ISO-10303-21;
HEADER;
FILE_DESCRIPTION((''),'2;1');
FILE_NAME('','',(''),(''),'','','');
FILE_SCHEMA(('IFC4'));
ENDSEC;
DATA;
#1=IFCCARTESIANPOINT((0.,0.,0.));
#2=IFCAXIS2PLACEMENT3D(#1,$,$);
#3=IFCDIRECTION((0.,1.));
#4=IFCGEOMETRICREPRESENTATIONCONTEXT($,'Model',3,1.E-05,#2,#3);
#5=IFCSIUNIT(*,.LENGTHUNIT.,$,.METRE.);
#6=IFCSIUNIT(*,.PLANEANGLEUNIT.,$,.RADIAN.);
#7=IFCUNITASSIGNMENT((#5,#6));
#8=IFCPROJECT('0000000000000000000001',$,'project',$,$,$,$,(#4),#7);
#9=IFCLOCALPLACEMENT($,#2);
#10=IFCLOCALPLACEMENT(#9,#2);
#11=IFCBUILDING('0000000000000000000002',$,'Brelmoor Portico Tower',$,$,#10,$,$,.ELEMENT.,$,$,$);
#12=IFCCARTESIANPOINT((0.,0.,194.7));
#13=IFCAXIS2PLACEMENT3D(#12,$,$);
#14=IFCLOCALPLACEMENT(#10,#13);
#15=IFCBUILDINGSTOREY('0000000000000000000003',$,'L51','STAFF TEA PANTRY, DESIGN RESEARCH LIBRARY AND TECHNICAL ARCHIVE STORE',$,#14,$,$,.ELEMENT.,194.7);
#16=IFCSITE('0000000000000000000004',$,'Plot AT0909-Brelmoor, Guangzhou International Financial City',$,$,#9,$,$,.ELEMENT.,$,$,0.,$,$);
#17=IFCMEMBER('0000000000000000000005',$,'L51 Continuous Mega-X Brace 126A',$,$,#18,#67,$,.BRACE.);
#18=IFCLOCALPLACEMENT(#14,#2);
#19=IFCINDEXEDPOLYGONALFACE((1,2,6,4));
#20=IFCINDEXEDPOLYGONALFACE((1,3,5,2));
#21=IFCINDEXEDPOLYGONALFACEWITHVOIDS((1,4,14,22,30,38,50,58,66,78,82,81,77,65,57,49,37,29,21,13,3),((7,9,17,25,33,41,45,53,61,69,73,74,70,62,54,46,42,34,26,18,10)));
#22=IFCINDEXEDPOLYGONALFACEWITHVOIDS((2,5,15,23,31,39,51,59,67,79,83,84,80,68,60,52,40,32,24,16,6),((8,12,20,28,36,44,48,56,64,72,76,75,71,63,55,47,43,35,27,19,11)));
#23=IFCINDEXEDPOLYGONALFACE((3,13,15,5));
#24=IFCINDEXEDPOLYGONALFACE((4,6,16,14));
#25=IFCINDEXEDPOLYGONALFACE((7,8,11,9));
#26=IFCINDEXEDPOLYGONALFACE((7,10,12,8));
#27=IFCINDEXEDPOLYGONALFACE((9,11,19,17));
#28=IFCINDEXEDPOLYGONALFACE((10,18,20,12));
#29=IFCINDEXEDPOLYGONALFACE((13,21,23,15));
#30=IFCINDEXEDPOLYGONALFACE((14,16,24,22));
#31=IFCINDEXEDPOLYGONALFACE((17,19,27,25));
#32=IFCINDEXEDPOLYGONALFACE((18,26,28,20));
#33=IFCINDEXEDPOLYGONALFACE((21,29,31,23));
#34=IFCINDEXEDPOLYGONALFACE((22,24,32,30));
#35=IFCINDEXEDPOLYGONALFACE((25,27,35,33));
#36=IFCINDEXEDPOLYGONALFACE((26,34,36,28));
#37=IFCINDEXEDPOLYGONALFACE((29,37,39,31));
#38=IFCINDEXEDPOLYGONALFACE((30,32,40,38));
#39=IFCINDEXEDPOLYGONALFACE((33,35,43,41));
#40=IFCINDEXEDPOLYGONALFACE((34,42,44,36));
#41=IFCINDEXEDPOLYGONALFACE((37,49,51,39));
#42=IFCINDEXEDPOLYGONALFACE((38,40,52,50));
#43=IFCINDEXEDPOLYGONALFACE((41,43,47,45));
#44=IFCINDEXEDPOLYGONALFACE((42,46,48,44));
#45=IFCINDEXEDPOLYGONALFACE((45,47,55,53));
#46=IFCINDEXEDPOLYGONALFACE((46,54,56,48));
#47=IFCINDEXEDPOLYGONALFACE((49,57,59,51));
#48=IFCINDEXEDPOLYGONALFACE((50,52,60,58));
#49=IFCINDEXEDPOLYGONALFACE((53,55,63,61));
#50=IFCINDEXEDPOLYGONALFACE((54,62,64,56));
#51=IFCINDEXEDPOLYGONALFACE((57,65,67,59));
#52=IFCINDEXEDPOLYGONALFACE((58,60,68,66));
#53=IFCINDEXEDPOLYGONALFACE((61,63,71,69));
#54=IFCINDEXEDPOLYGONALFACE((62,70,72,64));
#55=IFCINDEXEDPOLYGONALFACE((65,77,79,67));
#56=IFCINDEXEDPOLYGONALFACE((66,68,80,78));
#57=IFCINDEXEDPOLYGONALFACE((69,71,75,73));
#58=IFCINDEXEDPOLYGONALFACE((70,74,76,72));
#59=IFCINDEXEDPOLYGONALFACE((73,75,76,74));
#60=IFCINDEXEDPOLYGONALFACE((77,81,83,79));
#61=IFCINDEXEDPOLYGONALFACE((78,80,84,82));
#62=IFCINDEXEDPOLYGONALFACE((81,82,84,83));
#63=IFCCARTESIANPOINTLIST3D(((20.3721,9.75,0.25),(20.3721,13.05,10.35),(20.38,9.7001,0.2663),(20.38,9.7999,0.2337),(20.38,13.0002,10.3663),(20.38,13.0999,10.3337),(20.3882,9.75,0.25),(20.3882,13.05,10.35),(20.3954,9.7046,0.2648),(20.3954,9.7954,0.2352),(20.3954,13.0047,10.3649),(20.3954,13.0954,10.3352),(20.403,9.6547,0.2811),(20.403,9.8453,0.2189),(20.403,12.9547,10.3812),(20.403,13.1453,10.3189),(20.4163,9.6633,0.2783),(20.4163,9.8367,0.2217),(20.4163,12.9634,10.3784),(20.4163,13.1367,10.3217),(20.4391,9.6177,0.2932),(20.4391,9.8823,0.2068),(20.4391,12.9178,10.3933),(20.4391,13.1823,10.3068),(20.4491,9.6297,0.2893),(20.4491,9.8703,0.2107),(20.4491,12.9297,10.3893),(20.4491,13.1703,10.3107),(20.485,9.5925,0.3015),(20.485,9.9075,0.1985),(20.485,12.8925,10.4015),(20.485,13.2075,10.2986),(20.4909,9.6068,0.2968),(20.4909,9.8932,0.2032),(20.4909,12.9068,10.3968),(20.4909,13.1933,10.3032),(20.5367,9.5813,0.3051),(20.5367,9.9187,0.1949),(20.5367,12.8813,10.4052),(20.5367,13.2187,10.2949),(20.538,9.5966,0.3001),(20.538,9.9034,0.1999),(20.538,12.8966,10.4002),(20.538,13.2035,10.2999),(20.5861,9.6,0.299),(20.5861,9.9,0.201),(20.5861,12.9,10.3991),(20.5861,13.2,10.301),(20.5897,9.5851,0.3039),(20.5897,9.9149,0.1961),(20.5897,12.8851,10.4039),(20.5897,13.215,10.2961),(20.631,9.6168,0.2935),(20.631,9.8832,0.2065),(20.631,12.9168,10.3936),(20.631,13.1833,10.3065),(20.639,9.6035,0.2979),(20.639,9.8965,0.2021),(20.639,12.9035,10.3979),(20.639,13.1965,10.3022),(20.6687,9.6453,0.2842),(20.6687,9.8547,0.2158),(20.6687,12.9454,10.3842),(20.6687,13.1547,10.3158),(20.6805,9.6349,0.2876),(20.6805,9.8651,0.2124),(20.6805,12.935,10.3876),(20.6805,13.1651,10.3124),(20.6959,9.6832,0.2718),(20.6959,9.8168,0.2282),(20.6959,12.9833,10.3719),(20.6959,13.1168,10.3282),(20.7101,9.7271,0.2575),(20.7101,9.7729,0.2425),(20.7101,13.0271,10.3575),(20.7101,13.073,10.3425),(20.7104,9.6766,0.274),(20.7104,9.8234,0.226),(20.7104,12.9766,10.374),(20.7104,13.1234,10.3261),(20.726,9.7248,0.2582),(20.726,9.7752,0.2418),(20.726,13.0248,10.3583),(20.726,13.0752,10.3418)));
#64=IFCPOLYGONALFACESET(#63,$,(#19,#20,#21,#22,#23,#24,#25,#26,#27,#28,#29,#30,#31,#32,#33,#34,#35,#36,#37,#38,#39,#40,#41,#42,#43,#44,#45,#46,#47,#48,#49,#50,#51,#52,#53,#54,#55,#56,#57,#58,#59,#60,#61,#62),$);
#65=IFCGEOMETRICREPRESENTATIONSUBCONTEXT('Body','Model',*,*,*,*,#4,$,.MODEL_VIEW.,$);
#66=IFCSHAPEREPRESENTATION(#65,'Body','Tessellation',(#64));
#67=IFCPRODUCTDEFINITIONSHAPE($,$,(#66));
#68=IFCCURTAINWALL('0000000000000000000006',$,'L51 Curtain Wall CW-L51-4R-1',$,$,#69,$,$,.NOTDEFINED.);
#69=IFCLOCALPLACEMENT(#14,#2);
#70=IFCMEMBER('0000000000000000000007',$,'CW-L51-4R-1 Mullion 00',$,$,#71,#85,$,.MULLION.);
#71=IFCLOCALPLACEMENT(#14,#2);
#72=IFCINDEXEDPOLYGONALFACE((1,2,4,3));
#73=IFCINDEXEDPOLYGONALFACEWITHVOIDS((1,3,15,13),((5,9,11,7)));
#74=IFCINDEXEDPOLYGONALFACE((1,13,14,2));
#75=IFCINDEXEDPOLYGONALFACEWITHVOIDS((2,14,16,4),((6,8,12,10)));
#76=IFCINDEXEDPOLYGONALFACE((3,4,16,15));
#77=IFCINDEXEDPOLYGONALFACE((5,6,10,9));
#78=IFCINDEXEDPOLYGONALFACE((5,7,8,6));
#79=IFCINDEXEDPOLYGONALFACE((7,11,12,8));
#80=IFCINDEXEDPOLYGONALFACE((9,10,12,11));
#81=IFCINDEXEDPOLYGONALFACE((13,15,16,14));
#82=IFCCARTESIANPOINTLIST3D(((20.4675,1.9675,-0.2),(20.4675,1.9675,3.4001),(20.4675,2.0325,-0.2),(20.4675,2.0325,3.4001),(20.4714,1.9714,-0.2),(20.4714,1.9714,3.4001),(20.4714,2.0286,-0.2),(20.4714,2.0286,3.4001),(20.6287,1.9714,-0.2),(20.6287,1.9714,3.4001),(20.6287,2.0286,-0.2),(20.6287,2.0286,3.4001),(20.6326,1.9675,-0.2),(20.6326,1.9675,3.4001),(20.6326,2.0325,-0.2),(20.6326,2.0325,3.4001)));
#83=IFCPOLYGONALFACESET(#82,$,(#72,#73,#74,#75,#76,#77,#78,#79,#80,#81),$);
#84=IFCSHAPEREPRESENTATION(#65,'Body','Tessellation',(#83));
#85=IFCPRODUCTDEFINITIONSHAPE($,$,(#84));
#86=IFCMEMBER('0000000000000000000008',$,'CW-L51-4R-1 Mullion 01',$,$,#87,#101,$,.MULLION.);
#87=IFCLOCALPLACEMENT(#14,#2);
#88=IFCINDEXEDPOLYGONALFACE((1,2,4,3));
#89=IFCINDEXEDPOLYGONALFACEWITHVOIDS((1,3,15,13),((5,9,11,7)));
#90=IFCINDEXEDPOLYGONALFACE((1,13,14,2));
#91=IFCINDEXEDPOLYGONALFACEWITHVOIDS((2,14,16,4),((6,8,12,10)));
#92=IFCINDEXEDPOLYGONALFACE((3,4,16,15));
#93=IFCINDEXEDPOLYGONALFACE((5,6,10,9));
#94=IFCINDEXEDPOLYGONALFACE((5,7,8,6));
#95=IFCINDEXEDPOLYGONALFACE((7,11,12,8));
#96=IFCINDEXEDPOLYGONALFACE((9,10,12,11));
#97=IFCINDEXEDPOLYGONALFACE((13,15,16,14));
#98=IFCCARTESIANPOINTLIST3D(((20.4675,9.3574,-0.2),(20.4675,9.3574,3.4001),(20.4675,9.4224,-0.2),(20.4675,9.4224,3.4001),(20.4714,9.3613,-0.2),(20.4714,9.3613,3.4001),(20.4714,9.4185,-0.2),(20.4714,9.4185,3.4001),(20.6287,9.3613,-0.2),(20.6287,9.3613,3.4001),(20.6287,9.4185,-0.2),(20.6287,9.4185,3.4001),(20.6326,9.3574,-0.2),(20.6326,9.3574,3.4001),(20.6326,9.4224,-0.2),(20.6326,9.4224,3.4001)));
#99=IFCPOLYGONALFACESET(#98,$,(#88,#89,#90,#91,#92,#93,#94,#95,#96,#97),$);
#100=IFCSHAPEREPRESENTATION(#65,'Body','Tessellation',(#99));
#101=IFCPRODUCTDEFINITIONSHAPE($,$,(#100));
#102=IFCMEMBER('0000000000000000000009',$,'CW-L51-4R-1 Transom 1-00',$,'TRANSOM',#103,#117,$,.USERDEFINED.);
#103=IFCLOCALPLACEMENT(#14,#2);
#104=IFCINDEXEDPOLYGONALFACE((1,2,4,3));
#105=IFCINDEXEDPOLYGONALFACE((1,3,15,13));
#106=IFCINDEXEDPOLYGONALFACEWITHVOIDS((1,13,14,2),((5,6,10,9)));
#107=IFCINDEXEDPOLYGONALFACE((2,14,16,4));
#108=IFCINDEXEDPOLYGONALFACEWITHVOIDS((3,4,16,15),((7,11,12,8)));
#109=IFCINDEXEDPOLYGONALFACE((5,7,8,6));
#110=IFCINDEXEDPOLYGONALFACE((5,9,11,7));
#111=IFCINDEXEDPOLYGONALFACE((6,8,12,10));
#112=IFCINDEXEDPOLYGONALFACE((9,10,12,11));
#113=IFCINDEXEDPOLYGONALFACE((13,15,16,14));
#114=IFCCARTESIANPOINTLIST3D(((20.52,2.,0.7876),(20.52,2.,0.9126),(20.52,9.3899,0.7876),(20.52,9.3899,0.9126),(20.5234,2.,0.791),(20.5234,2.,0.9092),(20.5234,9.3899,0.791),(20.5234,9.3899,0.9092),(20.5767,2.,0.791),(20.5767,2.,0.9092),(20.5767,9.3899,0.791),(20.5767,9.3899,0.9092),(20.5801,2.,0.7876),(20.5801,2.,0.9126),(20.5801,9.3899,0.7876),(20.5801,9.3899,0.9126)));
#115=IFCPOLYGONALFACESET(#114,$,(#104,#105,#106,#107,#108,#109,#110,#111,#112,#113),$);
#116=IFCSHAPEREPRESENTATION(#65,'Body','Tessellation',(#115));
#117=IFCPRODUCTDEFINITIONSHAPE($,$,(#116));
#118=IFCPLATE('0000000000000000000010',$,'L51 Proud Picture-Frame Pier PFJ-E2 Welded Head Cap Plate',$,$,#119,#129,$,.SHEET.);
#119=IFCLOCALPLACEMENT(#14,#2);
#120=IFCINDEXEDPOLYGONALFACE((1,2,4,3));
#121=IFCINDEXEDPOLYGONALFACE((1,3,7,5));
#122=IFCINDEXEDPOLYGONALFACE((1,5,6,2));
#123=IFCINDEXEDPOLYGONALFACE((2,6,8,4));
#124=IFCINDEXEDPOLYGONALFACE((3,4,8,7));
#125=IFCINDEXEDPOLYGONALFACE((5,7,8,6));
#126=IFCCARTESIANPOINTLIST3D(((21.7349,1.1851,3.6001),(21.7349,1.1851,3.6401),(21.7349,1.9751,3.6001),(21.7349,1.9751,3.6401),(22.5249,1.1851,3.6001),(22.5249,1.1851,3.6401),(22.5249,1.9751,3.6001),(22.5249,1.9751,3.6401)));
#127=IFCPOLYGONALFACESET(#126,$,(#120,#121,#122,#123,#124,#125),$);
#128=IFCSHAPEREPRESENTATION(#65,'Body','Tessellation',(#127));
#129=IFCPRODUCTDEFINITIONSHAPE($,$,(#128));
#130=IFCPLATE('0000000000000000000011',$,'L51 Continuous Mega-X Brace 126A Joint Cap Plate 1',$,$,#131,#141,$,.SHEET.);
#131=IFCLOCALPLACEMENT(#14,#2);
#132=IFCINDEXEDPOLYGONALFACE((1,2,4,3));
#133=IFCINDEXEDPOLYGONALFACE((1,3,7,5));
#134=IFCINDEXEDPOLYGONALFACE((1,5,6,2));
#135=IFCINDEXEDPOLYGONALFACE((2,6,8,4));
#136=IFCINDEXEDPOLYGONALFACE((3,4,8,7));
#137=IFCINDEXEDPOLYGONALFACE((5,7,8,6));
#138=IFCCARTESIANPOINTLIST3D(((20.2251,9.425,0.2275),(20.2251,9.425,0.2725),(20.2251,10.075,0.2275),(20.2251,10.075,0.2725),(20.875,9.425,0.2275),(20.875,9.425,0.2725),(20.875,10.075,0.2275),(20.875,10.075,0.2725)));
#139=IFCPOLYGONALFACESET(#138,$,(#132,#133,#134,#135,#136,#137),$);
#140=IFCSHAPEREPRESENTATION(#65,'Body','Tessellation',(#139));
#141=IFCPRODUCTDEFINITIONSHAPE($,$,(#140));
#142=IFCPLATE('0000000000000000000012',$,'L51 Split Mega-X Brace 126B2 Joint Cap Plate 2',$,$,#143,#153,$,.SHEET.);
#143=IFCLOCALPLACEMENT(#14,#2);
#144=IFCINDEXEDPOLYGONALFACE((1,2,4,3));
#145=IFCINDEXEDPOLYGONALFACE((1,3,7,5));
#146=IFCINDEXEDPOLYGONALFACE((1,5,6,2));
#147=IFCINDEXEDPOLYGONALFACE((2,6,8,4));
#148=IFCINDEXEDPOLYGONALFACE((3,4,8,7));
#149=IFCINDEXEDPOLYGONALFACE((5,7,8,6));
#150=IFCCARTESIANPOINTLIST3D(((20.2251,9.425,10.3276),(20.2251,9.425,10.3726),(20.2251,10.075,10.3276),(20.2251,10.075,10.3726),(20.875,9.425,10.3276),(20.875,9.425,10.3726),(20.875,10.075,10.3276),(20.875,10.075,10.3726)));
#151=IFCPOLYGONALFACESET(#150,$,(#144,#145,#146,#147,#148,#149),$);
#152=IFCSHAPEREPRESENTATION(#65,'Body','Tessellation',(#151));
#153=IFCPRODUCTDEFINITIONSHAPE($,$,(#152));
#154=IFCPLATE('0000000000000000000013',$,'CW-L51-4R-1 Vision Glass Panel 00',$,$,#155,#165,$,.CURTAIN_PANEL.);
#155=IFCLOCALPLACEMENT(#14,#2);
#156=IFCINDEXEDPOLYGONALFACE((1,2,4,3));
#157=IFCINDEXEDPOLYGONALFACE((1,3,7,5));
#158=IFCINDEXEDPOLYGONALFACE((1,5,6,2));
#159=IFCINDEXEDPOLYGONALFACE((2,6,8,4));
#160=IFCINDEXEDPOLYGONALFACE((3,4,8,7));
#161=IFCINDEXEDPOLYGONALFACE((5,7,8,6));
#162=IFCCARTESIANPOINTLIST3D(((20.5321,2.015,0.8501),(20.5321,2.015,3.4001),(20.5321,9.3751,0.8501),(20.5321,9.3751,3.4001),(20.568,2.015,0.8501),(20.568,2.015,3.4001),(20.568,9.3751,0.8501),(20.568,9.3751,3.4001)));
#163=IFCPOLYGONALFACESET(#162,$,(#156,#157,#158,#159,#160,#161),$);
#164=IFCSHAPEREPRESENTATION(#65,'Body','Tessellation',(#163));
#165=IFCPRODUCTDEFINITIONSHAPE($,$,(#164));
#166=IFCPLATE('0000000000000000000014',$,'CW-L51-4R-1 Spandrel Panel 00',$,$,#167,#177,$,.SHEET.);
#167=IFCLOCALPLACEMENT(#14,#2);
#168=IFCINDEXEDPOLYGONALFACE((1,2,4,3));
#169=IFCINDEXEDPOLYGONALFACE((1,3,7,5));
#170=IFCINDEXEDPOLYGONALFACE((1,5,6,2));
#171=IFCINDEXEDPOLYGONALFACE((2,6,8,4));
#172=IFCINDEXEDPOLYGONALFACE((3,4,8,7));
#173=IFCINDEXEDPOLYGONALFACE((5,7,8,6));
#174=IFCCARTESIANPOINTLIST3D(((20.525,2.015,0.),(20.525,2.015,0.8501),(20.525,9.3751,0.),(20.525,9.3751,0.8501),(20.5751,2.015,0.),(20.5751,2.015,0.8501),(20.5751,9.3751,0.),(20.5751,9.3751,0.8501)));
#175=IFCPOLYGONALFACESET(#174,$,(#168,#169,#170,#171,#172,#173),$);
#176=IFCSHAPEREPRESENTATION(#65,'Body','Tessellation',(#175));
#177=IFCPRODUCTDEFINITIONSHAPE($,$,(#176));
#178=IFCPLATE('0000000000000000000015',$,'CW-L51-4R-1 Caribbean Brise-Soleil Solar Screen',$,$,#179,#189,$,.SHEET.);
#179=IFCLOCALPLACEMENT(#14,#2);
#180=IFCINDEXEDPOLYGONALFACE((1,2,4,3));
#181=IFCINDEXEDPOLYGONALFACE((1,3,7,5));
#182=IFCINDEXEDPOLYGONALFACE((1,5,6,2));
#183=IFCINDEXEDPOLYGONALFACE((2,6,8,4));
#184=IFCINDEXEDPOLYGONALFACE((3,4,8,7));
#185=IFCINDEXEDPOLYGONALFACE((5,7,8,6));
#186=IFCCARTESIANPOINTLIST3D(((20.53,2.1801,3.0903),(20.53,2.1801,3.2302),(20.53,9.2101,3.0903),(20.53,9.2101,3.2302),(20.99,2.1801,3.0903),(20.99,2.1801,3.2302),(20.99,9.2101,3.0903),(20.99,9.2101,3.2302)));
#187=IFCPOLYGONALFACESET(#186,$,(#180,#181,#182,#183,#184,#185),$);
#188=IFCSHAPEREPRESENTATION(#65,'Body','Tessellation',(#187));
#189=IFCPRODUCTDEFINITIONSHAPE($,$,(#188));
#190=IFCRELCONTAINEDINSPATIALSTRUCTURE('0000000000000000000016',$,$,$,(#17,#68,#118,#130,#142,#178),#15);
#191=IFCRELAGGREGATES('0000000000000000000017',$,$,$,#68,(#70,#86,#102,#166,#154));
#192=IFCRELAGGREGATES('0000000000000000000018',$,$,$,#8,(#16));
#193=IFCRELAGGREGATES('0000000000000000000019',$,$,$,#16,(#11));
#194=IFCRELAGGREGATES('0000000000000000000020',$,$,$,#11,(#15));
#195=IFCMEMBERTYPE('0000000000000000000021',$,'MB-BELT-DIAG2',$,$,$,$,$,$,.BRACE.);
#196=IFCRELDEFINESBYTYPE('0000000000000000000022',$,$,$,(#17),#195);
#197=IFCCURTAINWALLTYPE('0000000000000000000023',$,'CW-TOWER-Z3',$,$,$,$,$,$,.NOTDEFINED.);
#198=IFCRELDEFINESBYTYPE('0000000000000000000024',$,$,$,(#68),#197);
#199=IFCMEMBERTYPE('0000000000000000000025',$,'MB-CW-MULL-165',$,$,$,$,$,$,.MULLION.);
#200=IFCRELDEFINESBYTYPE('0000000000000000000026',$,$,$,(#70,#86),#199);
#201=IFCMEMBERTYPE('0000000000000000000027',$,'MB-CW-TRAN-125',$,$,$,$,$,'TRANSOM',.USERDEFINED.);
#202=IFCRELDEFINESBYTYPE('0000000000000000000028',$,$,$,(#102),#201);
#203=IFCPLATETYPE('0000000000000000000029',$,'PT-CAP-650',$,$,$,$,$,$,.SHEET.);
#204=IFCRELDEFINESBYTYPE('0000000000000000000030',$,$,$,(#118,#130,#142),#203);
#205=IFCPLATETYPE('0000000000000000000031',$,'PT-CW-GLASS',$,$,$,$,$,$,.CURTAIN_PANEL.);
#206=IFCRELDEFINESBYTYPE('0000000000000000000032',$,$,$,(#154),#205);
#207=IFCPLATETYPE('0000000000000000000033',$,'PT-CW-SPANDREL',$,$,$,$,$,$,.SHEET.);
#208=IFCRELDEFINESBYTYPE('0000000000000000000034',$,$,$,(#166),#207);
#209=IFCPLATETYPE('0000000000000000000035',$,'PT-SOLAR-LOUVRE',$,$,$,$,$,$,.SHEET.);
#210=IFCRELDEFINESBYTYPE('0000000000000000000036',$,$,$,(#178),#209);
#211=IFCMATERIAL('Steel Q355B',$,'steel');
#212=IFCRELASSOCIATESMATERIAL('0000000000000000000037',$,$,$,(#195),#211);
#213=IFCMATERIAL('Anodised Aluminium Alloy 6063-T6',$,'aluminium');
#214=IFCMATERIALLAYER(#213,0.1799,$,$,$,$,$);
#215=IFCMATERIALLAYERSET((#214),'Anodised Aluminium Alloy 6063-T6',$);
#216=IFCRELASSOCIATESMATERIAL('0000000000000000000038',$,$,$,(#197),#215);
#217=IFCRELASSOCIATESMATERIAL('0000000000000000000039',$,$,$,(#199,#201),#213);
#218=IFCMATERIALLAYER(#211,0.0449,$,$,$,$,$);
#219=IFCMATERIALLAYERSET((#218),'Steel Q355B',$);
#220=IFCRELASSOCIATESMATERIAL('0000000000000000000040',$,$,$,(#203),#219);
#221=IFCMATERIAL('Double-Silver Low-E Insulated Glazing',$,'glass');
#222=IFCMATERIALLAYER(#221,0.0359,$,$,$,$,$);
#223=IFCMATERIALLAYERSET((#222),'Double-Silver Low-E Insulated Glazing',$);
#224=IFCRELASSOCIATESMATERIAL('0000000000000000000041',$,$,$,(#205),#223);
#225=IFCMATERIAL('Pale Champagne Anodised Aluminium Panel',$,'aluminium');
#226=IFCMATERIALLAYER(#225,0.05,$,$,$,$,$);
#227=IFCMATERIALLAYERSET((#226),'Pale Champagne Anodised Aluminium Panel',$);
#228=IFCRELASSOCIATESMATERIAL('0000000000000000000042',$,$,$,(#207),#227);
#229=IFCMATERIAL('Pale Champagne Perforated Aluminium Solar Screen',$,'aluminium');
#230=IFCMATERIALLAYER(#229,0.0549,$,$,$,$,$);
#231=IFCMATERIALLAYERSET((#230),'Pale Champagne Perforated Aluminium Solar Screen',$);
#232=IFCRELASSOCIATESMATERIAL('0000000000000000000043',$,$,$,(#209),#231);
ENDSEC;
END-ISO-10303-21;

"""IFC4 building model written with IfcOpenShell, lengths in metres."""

from ifc_helpers import new_model, si_unit, direction, frame, origin, origin_2d, place, context, subcontext, project, spatial, rectangle, hollow_rectangle, hollow_circle, extrude, material, layer, layer_set, material_profile, profile_set, type_object, element, aggregate, save


model = new_model("IFC4")

# Units and contexts
model_context = context("Model", 3, precision=1e-05, world=origin(), true_north=direction((0.0, 1.0)))
body_context = subcontext(model_context, "Body", "Model", "MODEL_VIEW")
ifc_project = project(units=[si_unit("LENGTHUNIT", "METRE"), si_unit("PLANEANGLEUNIT", "RADIAN")], contexts=[model_context])

# Site, building, storey
site_placement = place(None, origin())
site = spatial("IfcSite", under=ifc_project, at=site_placement, Name="Plot AT0909-Brelmoor, Guangzhou International Financial City", CompositionType="ELEMENT", RefElevation=0.0)
building_placement = place(site_placement, origin())
building = spatial("IfcBuilding", under=site, at=building_placement, Name="Brelmoor Portico Tower", CompositionType="ELEMENT")
storey_placement = place(building_placement, frame((0.0, 0.0, 194.7)))
storey = spatial("IfcBuildingStorey", under=building, at=storey_placement, Name="L51", Description="STAFF TEA PANTRY, DESIGN RESEARCH LIBRARY AND TECHNICAL ARCHIVE STORE", CompositionType="ELEMENT", Elevation=194.7)

# Shared definitions
ifc_material_1 = material(Name="Steel Q355B", Category="steel")

# Member
ifc_material_profile_1 = material_profile(ifc_material_1, hollow_circle(Radius=0.178, WallThickness=0.0161, at=origin_2d()), Name="CHS 356x16")
ifc_profile_set_1 = profile_set([ifc_material_profile_1], Name="Steel Q355B")
member_type_1 = type_object("IfcMemberType", Name="MB-BELT-DIAG2", PredefinedType="BRACE", material=ifc_profile_set_1)
member_1_placement = place(storey_placement, frame((20.55, 9.75, 0.25), z_axis=(0.0, 0.310577, 0.950548), x_axis=(-1.0, 0.0, 0.0)))
element("IfcMember", 1, at=member_1_placement, inside=storey, type_object=member_type_1, Name="L51 Continuous Mega-X Brace 126A", PredefinedType="BRACE", context=body_context, shape_type="SweptSolid", body=[
    extrude(hollow_circle(Radius=0.178, WallThickness=0.0161, at=origin_2d()), origin(), (0.0, 0.0, 1.0), 10.6255),
])

# Curtain wall, members
ifc_material_2 = material(Name="Anodised Aluminium Alloy 6063-T6", Category="aluminium")
ifc_layer_1 = layer(ifc_material_2, 0.1799)
ifc_layer_set_1 = layer_set([ifc_layer_1], Name="Anodised Aluminium Alloy 6063-T6")
curtain_wall_type = type_object("IfcCurtainWallType", Name="CW-TOWER-Z3", PredefinedType="NOTDEFINED", material=ifc_layer_set_1)
curtain_wall_placement = place(storey_placement, origin())
curtain_wall = element("IfcCurtainWall", 2, at=curtain_wall_placement, inside=storey, type_object=curtain_wall_type, Name="L51 Curtain Wall CW-L51-4R-1", PredefinedType="NOTDEFINED")
ifc_material_profile_2 = material_profile(ifc_material_2, hollow_rectangle(XDim=0.0649, YDim=0.165, WallThickness=0.0039, at=origin_2d()), Name="ALU MULLION 65x165")
ifc_profile_set_2 = profile_set([ifc_material_profile_2], Name="Anodised Aluminium Alloy 6063-T6")
member_type_2 = type_object("IfcMemberType", Name="MB-CW-MULL-165", PredefinedType="MULLION", material=ifc_profile_set_2)
member_2_placement = place(storey_placement, frame((20.55, 2.0, -0.2), z_axis=(0.0, 0.0, 1.0), x_axis=(0.0, 1.0, 0.0)))
member_2 = element("IfcMember", 3, at=member_2_placement, type_object=member_type_2, Name="CW-L51-4R-1 Mullion 00", PredefinedType="MULLION", context=body_context, shape_type="SweptSolid", body=[
    extrude(hollow_rectangle(XDim=0.0649, YDim=0.165, WallThickness=0.0039, at=origin_2d()), origin(), (0.0, 0.0, 1.0), 3.6001),
])
member_3_placement = place(storey_placement, frame((20.55, 9.3899, -0.2), z_axis=(0.0, 0.0, 1.0), x_axis=(0.0, 1.0, 0.0)))
member_3 = element("IfcMember", 4, at=member_3_placement, type_object=member_type_2, Name="CW-L51-4R-1 Mullion 01", PredefinedType="MULLION", context=body_context, shape_type="SweptSolid", body=[
    extrude(hollow_rectangle(XDim=0.0649, YDim=0.165, WallThickness=0.0039, at=origin_2d()), origin(), (0.0, 0.0, 1.0), 3.6001),
])
ifc_material_profile_3 = material_profile(ifc_material_2, hollow_rectangle(XDim=0.0601, YDim=0.125, WallThickness=0.0034, at=origin_2d()), Name="ALU TRANSOM 60x125")
ifc_profile_set_3 = profile_set([ifc_material_profile_3], Name="Anodised Aluminium Alloy 6063-T6")
member_type_3 = type_object("IfcMemberType", Name="MB-CW-TRAN-125", ElementType="TRANSOM", PredefinedType="USERDEFINED", material=ifc_profile_set_3)
member_4_placement = place(storey_placement, frame((20.55, 2.0, 0.8501), z_axis=(0.0, 1.0, 0.0), x_axis=(-1.0, 0.0, 0.0)))
member_4 = element("IfcMember", 5, at=member_4_placement, type_object=member_type_3, Name="CW-L51-4R-1 Transom 1-00", ObjectType="TRANSOM", PredefinedType="USERDEFINED", context=body_context, shape_type="SweptSolid", body=[
    extrude(hollow_rectangle(XDim=0.0601, YDim=0.125, WallThickness=0.0034, at=origin_2d()), origin(), (0.0, 0.0, 1.0), 7.3899),
])

# Plates
ifc_layer_2 = layer(ifc_material_1, 0.0449)
ifc_layer_set_2 = layer_set([ifc_layer_2], Name="Steel Q355B")
plate_type_1 = type_object("IfcPlateType", Name="PT-CAP-650", PredefinedType="SHEET", material=ifc_layer_set_2)
plate_1_placement = place(storey_placement, frame((22.1299, 1.5801, 3.6001), z_axis=(0.0, 0.0, 1.0), x_axis=(0.0, 1.0, 0.0)))
element("IfcPlate", 6, at=plate_1_placement, inside=storey, type_object=plate_type_1, Name="L51 Proud Picture-Frame Pier PFJ-E2 Welded Head Cap Plate", PredefinedType="SHEET", context=body_context, shape_type="SweptSolid", body=[
    extrude(rectangle(XDim=0.79, YDim=0.79, at=origin_2d()), origin(), (0.0, 0.0, 1.0), 0.04),
])
for number, where, z_axis, x_axis, name in (
    (7, (20.55, 9.75, 0.2275), (0.0, 0.0, 1.0), (1.0, 0.0, 0.0), "L51 Continuous Mega-X Brace 126A Joint Cap Plate 1"),
    (8, (20.55, 9.75, 10.3276), (0.0, 0.0, 1.0), (1.0, 0.0, 0.0), "L51 Split Mega-X Brace 126B2 Joint Cap Plate 2"),
):
    element("IfcPlate", number, at=place(storey_placement, frame(where, z_axis=z_axis, x_axis=x_axis)), inside=storey, type_object=plate_type_1, Name=name, PredefinedType="SHEET", context=body_context, shape_type="SweptSolid", body=[
        extrude(rectangle(XDim=0.6499, YDim=0.6499, at=origin_2d()), origin(), (0.0, 0.0, 1.0), 0.0449),
    ])

# Plates
ifc_material_3 = material(Name="Double-Silver Low-E Insulated Glazing", Category="glass")
ifc_layer_3 = layer(ifc_material_3, 0.0359)
ifc_layer_set_3 = layer_set([ifc_layer_3], Name="Double-Silver Low-E Insulated Glazing")
plate_type_2 = type_object("IfcPlateType", Name="PT-CW-GLASS", PredefinedType="CURTAIN_PANEL", material=ifc_layer_set_3)
plate_2_placement = place(storey_placement, frame((20.55, 5.6951, 0.8501), z_axis=(0.0, 0.0, 1.0), x_axis=(0.0, 1.0, 0.0)))
plate_2 = element("IfcPlate", 9, at=plate_2_placement, type_object=plate_type_2, Name="CW-L51-4R-1 Vision Glass Panel 00", PredefinedType="CURTAIN_PANEL", context=body_context, shape_type="SweptSolid", body=[
    extrude(rectangle(XDim=7.3601, YDim=0.0359, at=origin_2d()), origin(), (0.0, 0.0, 1.0), 2.55),
])
ifc_material_4 = material(Name="Pale Champagne Anodised Aluminium Panel", Category="aluminium")
ifc_layer_4 = layer(ifc_material_4, 0.05)
ifc_layer_set_4 = layer_set([ifc_layer_4], Name="Pale Champagne Anodised Aluminium Panel")
plate_type_3 = type_object("IfcPlateType", Name="PT-CW-SPANDREL", PredefinedType="SHEET", material=ifc_layer_set_4)
plate_3_placement = place(storey_placement, frame((20.55, 5.6951, 0.0), z_axis=(0.0, 0.0, 1.0), x_axis=(0.0, 1.0, 0.0)))
plate_3 = element("IfcPlate", 10, at=plate_3_placement, type_object=plate_type_3, Name="CW-L51-4R-1 Spandrel Panel 00", PredefinedType="SHEET", context=body_context, shape_type="SweptSolid", body=[
    extrude(rectangle(XDim=7.3601, YDim=0.05, at=origin_2d()), origin(), (0.0, 0.0, 1.0), 0.8501),
])
aggregate(curtain_wall, [member_2, member_3, member_4, plate_3, plate_2])
ifc_material_5 = material(Name="Pale Champagne Perforated Aluminium Solar Screen", Category="aluminium")
ifc_layer_5 = layer(ifc_material_5, 0.0549)
ifc_layer_set_5 = layer_set([ifc_layer_5], Name="Pale Champagne Perforated Aluminium Solar Screen")
plate_type_4 = type_object("IfcPlateType", Name="PT-SOLAR-LOUVRE", PredefinedType="SHEET", material=ifc_layer_set_5)
plate_4_placement = place(storey_placement, frame((20.76, 5.6951, 3.0903), z_axis=(0.0, 0.0, 1.0), x_axis=(0.0, 1.0, 0.0)))
element("IfcPlate", 11, at=plate_4_placement, inside=storey, type_object=plate_type_4, Name="CW-L51-4R-1 Caribbean Brise-Soleil Solar Screen", PredefinedType="SHEET", context=body_context, shape_type="SweptSolid", body=[
    extrude(rectangle(XDim=7.03, YDim=0.46, at=origin_2d()), origin(), (0.0, 0.0, 1.0), 0.1399),
])

save(model, "model.ifc")
